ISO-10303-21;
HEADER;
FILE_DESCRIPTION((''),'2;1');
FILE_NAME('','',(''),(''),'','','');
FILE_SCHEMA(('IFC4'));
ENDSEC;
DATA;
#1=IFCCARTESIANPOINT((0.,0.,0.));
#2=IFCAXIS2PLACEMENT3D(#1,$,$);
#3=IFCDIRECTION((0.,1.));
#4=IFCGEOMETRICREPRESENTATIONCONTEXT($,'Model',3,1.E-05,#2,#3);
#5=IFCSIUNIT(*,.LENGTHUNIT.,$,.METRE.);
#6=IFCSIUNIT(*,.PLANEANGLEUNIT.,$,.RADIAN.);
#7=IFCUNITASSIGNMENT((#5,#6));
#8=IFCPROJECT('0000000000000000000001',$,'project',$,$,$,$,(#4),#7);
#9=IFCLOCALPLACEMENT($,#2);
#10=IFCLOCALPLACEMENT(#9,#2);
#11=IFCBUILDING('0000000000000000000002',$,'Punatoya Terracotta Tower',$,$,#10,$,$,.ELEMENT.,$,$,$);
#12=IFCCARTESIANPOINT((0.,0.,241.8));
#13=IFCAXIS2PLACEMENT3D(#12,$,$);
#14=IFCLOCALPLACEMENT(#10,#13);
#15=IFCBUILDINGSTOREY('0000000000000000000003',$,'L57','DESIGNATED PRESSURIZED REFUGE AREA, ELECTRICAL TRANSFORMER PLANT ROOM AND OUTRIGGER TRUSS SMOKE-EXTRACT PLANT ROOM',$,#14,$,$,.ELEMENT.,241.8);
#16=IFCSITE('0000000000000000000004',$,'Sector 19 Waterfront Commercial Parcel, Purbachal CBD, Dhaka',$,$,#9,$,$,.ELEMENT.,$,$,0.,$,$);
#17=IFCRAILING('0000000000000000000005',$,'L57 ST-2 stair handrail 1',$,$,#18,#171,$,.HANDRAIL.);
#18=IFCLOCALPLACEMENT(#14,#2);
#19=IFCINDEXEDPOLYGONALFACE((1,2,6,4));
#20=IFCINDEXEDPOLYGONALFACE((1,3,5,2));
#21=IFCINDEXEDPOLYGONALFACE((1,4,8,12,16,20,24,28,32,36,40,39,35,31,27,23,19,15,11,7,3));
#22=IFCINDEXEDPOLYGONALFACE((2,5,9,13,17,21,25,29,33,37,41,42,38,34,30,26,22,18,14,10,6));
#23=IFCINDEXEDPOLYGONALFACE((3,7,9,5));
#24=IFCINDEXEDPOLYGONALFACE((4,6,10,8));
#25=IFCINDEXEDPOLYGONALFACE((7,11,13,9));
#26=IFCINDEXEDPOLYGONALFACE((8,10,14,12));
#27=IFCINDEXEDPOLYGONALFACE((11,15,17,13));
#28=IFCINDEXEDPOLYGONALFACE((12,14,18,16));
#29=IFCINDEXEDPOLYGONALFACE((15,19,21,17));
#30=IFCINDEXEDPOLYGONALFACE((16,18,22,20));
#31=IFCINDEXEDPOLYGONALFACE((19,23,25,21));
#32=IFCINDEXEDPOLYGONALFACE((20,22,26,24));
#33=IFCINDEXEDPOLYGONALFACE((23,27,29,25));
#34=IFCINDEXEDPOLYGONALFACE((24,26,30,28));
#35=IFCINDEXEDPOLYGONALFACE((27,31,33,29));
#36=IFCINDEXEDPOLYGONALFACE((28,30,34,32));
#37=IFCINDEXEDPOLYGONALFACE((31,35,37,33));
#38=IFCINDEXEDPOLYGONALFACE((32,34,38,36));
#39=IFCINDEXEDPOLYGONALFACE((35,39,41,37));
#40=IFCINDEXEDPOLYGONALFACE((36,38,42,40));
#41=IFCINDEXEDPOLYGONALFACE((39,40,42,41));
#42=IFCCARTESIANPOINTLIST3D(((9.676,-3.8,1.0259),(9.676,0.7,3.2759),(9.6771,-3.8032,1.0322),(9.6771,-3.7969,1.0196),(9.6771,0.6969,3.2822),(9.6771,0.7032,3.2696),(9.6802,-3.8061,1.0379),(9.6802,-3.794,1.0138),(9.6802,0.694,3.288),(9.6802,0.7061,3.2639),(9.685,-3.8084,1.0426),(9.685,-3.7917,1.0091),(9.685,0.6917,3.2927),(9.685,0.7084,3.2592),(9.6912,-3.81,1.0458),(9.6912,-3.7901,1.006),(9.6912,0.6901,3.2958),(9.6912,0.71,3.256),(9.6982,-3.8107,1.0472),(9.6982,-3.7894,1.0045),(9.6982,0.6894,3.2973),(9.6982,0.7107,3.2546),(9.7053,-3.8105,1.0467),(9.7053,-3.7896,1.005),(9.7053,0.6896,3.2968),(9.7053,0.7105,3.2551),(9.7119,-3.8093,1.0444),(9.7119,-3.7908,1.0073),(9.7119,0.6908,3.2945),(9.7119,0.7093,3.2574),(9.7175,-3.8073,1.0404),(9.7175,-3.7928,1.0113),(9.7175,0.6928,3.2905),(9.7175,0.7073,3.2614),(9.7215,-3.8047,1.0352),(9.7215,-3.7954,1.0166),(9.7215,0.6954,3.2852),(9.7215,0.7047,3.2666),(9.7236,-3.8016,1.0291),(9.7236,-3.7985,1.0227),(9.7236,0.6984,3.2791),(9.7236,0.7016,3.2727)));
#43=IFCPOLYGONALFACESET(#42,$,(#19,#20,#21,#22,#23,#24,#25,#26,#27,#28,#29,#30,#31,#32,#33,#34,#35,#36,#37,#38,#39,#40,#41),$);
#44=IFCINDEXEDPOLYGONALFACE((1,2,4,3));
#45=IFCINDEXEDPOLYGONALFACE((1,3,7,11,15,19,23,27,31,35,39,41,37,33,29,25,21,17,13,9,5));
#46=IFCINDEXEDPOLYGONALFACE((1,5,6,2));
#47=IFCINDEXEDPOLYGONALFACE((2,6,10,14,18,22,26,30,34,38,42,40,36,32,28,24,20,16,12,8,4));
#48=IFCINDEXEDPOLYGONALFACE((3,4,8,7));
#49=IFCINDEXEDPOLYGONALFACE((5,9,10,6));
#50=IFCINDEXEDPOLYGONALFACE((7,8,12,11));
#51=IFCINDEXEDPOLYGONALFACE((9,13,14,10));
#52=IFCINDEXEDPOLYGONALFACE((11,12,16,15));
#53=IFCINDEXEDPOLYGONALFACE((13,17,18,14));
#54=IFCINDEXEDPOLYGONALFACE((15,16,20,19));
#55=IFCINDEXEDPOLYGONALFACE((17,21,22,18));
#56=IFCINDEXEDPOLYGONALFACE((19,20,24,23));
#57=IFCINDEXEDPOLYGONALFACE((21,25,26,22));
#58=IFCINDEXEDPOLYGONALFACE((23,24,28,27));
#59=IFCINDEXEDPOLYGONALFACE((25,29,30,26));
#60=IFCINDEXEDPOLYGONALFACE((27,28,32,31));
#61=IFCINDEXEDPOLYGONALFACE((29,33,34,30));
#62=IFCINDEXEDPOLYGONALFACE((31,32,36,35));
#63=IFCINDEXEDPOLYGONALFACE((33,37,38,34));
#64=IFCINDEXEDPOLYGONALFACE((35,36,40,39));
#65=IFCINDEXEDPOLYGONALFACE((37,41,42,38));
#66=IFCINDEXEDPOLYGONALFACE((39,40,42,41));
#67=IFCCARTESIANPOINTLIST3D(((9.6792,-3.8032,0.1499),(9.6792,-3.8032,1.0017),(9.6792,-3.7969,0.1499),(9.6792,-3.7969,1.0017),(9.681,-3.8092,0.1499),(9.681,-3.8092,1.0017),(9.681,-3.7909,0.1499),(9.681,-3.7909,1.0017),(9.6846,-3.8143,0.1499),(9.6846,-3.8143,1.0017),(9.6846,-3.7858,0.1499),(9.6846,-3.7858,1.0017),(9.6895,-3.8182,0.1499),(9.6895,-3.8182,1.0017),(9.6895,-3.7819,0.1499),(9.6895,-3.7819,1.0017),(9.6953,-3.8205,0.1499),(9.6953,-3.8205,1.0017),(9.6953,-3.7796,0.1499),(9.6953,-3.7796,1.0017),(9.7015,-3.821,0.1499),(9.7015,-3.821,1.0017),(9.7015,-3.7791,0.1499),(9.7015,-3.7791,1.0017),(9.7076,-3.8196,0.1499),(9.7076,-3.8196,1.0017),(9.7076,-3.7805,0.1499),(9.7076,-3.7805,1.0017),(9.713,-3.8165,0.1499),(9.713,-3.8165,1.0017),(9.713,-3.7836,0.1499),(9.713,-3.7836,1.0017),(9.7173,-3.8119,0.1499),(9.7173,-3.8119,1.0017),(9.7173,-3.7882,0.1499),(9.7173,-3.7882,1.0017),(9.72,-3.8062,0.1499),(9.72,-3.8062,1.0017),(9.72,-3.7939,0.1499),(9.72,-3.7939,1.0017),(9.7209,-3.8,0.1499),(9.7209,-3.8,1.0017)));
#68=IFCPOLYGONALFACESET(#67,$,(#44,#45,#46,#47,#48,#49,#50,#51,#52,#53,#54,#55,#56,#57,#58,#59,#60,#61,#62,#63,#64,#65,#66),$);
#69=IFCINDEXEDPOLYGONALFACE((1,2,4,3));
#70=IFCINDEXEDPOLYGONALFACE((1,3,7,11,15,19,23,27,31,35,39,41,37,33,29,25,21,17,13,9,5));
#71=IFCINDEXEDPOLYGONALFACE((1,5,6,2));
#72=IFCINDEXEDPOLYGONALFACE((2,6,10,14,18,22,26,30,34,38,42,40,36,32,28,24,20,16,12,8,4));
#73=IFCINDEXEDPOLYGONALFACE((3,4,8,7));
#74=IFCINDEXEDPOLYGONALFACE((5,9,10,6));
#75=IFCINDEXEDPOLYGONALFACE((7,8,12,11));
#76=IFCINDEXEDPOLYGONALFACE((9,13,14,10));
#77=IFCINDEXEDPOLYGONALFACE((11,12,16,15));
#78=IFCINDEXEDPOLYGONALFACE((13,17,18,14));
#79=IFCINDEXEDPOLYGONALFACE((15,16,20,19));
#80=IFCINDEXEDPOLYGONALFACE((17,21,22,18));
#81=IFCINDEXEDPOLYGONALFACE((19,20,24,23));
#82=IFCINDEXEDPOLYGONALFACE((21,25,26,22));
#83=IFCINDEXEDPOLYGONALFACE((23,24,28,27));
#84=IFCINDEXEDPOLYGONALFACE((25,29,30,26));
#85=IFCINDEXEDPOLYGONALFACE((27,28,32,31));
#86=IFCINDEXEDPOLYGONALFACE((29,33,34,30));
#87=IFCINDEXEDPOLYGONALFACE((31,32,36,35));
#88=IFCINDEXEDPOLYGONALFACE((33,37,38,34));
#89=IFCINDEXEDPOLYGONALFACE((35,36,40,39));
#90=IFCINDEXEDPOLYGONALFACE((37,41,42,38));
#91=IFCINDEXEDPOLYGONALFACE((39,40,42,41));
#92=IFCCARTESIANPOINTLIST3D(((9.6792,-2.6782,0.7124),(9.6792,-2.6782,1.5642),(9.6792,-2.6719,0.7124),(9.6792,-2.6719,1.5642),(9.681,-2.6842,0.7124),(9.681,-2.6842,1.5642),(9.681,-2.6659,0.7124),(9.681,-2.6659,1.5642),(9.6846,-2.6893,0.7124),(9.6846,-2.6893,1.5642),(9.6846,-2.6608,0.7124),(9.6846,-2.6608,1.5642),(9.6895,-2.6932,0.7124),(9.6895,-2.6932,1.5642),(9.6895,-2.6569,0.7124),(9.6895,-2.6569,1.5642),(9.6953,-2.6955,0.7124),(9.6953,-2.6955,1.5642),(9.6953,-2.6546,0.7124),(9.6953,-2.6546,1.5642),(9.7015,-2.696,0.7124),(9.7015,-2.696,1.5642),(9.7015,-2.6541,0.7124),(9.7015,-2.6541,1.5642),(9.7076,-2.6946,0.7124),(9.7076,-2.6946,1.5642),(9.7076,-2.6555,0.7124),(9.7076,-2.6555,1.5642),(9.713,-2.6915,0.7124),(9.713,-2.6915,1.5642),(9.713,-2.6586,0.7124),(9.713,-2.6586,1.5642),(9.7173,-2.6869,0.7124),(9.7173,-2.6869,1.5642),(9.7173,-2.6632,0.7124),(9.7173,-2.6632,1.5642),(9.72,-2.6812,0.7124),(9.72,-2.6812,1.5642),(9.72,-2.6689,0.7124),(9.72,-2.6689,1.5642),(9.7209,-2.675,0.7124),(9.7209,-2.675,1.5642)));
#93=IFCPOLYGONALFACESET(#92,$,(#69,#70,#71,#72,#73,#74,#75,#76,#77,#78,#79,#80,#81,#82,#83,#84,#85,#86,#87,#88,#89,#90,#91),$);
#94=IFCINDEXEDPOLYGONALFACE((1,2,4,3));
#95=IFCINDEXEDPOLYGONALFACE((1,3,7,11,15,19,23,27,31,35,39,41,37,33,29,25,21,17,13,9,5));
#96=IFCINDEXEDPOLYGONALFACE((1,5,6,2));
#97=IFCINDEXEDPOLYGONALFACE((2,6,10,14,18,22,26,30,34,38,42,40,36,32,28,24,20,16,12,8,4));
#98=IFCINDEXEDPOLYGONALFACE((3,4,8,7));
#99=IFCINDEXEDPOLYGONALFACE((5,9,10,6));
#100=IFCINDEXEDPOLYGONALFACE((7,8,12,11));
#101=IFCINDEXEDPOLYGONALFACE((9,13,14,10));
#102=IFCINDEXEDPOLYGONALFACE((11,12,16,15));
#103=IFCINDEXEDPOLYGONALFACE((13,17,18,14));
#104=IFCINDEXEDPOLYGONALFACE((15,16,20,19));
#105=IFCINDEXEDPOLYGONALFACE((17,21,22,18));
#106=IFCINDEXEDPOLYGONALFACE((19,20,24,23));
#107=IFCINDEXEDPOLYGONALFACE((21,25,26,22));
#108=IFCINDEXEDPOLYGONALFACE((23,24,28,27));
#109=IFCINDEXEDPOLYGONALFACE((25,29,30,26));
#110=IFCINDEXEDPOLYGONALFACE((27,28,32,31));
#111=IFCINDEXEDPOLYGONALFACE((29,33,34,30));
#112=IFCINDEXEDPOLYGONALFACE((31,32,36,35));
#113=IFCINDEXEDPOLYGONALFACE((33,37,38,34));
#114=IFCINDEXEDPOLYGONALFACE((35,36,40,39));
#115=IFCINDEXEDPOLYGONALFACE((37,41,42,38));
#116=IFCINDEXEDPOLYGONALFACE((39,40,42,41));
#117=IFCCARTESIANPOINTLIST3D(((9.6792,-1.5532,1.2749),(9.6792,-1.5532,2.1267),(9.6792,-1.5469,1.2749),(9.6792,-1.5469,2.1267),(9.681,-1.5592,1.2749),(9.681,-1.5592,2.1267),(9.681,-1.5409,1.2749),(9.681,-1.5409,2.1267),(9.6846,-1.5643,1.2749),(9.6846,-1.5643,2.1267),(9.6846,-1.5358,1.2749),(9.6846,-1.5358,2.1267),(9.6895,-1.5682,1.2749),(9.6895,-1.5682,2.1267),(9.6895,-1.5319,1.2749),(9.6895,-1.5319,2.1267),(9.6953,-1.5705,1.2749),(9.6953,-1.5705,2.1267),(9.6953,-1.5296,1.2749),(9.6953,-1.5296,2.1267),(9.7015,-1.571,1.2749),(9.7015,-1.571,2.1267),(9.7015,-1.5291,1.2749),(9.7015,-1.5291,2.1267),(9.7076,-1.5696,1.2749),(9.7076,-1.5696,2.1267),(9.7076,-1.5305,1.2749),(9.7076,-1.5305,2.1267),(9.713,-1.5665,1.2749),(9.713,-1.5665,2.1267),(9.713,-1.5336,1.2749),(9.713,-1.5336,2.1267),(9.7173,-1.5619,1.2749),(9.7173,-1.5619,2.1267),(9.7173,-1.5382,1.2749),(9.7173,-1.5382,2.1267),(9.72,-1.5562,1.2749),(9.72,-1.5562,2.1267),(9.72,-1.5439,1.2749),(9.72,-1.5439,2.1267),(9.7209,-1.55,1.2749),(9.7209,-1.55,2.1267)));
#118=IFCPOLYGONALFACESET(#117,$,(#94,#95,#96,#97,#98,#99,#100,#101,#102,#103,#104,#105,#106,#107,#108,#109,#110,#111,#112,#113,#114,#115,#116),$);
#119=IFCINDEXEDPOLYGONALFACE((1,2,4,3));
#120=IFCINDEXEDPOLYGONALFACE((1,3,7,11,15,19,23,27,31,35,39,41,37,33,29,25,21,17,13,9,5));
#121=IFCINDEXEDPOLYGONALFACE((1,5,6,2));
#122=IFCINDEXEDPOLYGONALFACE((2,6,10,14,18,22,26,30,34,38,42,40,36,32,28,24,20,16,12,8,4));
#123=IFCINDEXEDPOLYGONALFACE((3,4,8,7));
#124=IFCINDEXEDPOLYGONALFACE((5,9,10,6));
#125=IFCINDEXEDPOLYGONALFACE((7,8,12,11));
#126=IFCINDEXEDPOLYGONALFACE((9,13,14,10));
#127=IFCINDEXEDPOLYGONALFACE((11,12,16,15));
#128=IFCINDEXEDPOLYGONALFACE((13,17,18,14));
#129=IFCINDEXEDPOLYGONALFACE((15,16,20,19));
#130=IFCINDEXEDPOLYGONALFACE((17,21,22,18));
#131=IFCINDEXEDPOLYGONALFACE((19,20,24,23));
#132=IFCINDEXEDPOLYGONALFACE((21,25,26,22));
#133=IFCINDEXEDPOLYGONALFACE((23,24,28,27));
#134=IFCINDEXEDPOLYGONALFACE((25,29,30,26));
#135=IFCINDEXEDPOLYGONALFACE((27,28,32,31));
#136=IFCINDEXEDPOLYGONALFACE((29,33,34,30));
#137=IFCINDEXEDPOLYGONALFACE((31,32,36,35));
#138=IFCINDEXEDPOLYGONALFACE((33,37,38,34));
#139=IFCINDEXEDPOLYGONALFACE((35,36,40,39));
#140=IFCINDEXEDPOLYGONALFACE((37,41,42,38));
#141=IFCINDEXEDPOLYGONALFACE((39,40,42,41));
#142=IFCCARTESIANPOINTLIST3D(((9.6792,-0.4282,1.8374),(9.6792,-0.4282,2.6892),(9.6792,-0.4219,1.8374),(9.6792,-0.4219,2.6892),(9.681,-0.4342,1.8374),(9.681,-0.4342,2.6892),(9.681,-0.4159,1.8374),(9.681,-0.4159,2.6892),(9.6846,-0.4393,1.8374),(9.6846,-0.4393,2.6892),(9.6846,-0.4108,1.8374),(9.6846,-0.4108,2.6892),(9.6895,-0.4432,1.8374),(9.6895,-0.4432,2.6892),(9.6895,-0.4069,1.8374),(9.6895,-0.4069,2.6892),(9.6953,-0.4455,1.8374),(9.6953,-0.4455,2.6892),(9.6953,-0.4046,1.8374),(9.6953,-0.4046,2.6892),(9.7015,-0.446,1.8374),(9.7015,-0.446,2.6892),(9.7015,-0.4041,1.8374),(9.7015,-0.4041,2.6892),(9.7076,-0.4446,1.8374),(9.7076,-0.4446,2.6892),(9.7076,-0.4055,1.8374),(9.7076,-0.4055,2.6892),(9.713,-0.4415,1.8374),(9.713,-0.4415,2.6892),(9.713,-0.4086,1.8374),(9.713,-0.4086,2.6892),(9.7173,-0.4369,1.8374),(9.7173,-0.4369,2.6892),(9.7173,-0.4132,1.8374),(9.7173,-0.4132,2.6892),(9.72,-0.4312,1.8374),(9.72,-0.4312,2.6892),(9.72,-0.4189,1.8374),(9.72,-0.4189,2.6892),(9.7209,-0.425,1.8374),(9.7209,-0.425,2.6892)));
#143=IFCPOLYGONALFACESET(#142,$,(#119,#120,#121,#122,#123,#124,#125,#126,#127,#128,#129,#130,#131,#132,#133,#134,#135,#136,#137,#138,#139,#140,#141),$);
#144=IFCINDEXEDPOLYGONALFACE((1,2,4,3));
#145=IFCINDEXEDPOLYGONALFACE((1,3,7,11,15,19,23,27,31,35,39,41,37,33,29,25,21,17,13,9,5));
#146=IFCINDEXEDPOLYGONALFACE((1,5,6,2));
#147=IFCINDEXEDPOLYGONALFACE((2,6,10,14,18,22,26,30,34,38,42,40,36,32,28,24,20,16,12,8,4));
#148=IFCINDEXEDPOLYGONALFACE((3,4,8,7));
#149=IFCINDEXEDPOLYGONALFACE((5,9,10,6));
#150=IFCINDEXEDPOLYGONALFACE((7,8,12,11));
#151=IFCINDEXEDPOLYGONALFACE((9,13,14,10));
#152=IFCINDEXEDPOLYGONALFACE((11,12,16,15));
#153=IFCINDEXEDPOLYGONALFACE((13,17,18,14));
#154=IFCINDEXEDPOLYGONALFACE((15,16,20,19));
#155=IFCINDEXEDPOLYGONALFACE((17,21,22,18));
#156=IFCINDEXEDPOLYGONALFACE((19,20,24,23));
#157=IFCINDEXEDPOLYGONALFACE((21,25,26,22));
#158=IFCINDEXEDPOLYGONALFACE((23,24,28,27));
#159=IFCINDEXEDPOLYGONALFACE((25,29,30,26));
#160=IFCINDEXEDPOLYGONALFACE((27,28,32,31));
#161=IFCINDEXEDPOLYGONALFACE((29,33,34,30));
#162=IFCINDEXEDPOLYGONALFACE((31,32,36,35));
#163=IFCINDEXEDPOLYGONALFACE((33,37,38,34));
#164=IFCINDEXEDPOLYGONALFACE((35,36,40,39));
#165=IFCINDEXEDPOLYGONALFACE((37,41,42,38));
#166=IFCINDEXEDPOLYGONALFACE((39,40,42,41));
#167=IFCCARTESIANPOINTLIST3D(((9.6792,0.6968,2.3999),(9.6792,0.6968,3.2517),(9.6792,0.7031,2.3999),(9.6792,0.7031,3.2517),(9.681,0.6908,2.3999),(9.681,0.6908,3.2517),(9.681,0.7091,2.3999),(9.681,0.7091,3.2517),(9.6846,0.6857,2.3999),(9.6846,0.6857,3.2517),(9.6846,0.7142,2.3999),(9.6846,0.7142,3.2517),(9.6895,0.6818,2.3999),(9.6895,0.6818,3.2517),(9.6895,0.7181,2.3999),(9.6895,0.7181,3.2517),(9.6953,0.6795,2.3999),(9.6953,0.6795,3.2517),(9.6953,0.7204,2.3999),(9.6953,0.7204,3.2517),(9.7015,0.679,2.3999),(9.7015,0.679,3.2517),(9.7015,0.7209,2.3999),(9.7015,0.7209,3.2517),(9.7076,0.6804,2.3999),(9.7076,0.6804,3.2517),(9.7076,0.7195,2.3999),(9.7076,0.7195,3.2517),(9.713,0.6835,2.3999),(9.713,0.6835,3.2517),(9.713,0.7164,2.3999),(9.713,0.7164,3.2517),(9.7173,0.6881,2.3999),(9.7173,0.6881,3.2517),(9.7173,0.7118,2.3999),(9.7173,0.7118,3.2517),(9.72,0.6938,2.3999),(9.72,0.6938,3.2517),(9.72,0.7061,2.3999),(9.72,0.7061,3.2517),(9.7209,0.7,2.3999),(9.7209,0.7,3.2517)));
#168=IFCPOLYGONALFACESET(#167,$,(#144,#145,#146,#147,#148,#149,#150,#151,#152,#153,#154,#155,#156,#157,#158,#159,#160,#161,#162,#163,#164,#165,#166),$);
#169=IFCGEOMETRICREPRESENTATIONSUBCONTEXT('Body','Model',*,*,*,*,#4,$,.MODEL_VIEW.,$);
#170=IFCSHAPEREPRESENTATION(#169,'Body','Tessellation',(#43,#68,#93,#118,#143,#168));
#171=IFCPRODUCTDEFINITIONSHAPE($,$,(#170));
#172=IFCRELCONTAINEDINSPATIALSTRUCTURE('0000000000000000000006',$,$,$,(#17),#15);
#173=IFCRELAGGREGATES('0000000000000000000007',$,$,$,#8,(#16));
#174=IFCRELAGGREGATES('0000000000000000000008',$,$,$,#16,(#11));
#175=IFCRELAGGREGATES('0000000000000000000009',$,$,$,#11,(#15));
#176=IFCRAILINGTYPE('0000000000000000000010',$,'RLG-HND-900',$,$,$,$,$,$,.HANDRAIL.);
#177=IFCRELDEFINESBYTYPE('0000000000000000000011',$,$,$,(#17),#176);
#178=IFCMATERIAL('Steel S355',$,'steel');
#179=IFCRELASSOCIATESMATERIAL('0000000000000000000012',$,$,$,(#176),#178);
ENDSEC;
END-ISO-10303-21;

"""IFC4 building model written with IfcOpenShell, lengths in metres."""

from ifc_helpers import new_model, si_unit, direction, frame, origin, origin_2d, place, context, subcontext, project, spatial, circle, extrude, material, type_object, element, save


model = new_model("IFC4")

# Units and contexts
model_context = context("Model", 3, precision=1e-05, world=origin(), true_north=direction((0.0, 1.0)))
body_context = subcontext(model_context, "Body", "Model", "MODEL_VIEW")
ifc_project = project(units=[si_unit("LENGTHUNIT", "METRE"), si_unit("PLANEANGLEUNIT", "RADIAN")], contexts=[model_context])

# Site, building, storey
site_placement = place(None, origin())
site = spatial("IfcSite", under=ifc_project, at=site_placement, Name="Sector 19 Waterfront Commercial Parcel, Purbachal CBD, Dhaka", CompositionType="ELEMENT", RefElevation=0.0)
building_placement = place(site_placement, origin())
building = spatial("IfcBuilding", under=site, at=building_placement, Name="Punatoya Terracotta Tower", CompositionType="ELEMENT")
storey_placement = place(building_placement, frame((0.0, 0.0, 241.8)))
storey = spatial("IfcBuildingStorey", under=building, at=storey_placement, Name="L57", Description="DESIGNATED PRESSURIZED REFUGE AREA, ELECTRICAL TRANSFORMER PLANT ROOM AND OUTRIGGER TRUSS SMOKE-EXTRACT PLANT ROOM", CompositionType="ELEMENT", Elevation=241.8)

# Shared definitions
ifc_material_1 = material(Name="Steel S355", Category="steel")

# Railing
railing_type_1 = type_object("IfcRailingType", Name="RLG-HND-900", PredefinedType="HANDRAIL", material=ifc_material_1)
railing_1_placement = place(storey_placement, frame((9.7, -3.8, 0.1499)))
element("IfcRailing", 1, at=railing_1_placement, inside=storey, type_object=railing_type_1, Name="L57 ST-2 stair handrail 1", PredefinedType="HANDRAIL", context=body_context, shape_type="SweptSolid", body=[
    extrude(circle(Radius=0.0239, at=origin_2d()), frame((0.0, 0.0, 0.876), z_axis=(0.0, 0.894427, 0.447214), x_axis=(-1.0, 0.0, 0.0)), (0.0, 0.0, 1.0), 5.0312),
    extrude(circle(Radius=0.021, at=origin_2d()), origin(), (0.0, 0.0, 1.0), 0.8518),
    extrude(circle(Radius=0.021, at=origin_2d()), frame((0.0, 1.125, 0.5625)), (0.0, 0.0, 1.0), 0.8518),
    extrude(circle(Radius=0.021, at=origin_2d()), frame((0.0, 2.25, 1.125)), (0.0, 0.0, 1.0), 0.8518),
    extrude(circle(Radius=0.021, at=origin_2d()), frame((0.0, 3.375, 1.6875)), (0.0, 0.0, 1.0), 0.8518),
    extrude(circle(Radius=0.021, at=origin_2d()), frame((0.0, 4.5, 2.25)), (0.0, 0.0, 1.0), 0.8518),
])

save(model, "model.ifc")
